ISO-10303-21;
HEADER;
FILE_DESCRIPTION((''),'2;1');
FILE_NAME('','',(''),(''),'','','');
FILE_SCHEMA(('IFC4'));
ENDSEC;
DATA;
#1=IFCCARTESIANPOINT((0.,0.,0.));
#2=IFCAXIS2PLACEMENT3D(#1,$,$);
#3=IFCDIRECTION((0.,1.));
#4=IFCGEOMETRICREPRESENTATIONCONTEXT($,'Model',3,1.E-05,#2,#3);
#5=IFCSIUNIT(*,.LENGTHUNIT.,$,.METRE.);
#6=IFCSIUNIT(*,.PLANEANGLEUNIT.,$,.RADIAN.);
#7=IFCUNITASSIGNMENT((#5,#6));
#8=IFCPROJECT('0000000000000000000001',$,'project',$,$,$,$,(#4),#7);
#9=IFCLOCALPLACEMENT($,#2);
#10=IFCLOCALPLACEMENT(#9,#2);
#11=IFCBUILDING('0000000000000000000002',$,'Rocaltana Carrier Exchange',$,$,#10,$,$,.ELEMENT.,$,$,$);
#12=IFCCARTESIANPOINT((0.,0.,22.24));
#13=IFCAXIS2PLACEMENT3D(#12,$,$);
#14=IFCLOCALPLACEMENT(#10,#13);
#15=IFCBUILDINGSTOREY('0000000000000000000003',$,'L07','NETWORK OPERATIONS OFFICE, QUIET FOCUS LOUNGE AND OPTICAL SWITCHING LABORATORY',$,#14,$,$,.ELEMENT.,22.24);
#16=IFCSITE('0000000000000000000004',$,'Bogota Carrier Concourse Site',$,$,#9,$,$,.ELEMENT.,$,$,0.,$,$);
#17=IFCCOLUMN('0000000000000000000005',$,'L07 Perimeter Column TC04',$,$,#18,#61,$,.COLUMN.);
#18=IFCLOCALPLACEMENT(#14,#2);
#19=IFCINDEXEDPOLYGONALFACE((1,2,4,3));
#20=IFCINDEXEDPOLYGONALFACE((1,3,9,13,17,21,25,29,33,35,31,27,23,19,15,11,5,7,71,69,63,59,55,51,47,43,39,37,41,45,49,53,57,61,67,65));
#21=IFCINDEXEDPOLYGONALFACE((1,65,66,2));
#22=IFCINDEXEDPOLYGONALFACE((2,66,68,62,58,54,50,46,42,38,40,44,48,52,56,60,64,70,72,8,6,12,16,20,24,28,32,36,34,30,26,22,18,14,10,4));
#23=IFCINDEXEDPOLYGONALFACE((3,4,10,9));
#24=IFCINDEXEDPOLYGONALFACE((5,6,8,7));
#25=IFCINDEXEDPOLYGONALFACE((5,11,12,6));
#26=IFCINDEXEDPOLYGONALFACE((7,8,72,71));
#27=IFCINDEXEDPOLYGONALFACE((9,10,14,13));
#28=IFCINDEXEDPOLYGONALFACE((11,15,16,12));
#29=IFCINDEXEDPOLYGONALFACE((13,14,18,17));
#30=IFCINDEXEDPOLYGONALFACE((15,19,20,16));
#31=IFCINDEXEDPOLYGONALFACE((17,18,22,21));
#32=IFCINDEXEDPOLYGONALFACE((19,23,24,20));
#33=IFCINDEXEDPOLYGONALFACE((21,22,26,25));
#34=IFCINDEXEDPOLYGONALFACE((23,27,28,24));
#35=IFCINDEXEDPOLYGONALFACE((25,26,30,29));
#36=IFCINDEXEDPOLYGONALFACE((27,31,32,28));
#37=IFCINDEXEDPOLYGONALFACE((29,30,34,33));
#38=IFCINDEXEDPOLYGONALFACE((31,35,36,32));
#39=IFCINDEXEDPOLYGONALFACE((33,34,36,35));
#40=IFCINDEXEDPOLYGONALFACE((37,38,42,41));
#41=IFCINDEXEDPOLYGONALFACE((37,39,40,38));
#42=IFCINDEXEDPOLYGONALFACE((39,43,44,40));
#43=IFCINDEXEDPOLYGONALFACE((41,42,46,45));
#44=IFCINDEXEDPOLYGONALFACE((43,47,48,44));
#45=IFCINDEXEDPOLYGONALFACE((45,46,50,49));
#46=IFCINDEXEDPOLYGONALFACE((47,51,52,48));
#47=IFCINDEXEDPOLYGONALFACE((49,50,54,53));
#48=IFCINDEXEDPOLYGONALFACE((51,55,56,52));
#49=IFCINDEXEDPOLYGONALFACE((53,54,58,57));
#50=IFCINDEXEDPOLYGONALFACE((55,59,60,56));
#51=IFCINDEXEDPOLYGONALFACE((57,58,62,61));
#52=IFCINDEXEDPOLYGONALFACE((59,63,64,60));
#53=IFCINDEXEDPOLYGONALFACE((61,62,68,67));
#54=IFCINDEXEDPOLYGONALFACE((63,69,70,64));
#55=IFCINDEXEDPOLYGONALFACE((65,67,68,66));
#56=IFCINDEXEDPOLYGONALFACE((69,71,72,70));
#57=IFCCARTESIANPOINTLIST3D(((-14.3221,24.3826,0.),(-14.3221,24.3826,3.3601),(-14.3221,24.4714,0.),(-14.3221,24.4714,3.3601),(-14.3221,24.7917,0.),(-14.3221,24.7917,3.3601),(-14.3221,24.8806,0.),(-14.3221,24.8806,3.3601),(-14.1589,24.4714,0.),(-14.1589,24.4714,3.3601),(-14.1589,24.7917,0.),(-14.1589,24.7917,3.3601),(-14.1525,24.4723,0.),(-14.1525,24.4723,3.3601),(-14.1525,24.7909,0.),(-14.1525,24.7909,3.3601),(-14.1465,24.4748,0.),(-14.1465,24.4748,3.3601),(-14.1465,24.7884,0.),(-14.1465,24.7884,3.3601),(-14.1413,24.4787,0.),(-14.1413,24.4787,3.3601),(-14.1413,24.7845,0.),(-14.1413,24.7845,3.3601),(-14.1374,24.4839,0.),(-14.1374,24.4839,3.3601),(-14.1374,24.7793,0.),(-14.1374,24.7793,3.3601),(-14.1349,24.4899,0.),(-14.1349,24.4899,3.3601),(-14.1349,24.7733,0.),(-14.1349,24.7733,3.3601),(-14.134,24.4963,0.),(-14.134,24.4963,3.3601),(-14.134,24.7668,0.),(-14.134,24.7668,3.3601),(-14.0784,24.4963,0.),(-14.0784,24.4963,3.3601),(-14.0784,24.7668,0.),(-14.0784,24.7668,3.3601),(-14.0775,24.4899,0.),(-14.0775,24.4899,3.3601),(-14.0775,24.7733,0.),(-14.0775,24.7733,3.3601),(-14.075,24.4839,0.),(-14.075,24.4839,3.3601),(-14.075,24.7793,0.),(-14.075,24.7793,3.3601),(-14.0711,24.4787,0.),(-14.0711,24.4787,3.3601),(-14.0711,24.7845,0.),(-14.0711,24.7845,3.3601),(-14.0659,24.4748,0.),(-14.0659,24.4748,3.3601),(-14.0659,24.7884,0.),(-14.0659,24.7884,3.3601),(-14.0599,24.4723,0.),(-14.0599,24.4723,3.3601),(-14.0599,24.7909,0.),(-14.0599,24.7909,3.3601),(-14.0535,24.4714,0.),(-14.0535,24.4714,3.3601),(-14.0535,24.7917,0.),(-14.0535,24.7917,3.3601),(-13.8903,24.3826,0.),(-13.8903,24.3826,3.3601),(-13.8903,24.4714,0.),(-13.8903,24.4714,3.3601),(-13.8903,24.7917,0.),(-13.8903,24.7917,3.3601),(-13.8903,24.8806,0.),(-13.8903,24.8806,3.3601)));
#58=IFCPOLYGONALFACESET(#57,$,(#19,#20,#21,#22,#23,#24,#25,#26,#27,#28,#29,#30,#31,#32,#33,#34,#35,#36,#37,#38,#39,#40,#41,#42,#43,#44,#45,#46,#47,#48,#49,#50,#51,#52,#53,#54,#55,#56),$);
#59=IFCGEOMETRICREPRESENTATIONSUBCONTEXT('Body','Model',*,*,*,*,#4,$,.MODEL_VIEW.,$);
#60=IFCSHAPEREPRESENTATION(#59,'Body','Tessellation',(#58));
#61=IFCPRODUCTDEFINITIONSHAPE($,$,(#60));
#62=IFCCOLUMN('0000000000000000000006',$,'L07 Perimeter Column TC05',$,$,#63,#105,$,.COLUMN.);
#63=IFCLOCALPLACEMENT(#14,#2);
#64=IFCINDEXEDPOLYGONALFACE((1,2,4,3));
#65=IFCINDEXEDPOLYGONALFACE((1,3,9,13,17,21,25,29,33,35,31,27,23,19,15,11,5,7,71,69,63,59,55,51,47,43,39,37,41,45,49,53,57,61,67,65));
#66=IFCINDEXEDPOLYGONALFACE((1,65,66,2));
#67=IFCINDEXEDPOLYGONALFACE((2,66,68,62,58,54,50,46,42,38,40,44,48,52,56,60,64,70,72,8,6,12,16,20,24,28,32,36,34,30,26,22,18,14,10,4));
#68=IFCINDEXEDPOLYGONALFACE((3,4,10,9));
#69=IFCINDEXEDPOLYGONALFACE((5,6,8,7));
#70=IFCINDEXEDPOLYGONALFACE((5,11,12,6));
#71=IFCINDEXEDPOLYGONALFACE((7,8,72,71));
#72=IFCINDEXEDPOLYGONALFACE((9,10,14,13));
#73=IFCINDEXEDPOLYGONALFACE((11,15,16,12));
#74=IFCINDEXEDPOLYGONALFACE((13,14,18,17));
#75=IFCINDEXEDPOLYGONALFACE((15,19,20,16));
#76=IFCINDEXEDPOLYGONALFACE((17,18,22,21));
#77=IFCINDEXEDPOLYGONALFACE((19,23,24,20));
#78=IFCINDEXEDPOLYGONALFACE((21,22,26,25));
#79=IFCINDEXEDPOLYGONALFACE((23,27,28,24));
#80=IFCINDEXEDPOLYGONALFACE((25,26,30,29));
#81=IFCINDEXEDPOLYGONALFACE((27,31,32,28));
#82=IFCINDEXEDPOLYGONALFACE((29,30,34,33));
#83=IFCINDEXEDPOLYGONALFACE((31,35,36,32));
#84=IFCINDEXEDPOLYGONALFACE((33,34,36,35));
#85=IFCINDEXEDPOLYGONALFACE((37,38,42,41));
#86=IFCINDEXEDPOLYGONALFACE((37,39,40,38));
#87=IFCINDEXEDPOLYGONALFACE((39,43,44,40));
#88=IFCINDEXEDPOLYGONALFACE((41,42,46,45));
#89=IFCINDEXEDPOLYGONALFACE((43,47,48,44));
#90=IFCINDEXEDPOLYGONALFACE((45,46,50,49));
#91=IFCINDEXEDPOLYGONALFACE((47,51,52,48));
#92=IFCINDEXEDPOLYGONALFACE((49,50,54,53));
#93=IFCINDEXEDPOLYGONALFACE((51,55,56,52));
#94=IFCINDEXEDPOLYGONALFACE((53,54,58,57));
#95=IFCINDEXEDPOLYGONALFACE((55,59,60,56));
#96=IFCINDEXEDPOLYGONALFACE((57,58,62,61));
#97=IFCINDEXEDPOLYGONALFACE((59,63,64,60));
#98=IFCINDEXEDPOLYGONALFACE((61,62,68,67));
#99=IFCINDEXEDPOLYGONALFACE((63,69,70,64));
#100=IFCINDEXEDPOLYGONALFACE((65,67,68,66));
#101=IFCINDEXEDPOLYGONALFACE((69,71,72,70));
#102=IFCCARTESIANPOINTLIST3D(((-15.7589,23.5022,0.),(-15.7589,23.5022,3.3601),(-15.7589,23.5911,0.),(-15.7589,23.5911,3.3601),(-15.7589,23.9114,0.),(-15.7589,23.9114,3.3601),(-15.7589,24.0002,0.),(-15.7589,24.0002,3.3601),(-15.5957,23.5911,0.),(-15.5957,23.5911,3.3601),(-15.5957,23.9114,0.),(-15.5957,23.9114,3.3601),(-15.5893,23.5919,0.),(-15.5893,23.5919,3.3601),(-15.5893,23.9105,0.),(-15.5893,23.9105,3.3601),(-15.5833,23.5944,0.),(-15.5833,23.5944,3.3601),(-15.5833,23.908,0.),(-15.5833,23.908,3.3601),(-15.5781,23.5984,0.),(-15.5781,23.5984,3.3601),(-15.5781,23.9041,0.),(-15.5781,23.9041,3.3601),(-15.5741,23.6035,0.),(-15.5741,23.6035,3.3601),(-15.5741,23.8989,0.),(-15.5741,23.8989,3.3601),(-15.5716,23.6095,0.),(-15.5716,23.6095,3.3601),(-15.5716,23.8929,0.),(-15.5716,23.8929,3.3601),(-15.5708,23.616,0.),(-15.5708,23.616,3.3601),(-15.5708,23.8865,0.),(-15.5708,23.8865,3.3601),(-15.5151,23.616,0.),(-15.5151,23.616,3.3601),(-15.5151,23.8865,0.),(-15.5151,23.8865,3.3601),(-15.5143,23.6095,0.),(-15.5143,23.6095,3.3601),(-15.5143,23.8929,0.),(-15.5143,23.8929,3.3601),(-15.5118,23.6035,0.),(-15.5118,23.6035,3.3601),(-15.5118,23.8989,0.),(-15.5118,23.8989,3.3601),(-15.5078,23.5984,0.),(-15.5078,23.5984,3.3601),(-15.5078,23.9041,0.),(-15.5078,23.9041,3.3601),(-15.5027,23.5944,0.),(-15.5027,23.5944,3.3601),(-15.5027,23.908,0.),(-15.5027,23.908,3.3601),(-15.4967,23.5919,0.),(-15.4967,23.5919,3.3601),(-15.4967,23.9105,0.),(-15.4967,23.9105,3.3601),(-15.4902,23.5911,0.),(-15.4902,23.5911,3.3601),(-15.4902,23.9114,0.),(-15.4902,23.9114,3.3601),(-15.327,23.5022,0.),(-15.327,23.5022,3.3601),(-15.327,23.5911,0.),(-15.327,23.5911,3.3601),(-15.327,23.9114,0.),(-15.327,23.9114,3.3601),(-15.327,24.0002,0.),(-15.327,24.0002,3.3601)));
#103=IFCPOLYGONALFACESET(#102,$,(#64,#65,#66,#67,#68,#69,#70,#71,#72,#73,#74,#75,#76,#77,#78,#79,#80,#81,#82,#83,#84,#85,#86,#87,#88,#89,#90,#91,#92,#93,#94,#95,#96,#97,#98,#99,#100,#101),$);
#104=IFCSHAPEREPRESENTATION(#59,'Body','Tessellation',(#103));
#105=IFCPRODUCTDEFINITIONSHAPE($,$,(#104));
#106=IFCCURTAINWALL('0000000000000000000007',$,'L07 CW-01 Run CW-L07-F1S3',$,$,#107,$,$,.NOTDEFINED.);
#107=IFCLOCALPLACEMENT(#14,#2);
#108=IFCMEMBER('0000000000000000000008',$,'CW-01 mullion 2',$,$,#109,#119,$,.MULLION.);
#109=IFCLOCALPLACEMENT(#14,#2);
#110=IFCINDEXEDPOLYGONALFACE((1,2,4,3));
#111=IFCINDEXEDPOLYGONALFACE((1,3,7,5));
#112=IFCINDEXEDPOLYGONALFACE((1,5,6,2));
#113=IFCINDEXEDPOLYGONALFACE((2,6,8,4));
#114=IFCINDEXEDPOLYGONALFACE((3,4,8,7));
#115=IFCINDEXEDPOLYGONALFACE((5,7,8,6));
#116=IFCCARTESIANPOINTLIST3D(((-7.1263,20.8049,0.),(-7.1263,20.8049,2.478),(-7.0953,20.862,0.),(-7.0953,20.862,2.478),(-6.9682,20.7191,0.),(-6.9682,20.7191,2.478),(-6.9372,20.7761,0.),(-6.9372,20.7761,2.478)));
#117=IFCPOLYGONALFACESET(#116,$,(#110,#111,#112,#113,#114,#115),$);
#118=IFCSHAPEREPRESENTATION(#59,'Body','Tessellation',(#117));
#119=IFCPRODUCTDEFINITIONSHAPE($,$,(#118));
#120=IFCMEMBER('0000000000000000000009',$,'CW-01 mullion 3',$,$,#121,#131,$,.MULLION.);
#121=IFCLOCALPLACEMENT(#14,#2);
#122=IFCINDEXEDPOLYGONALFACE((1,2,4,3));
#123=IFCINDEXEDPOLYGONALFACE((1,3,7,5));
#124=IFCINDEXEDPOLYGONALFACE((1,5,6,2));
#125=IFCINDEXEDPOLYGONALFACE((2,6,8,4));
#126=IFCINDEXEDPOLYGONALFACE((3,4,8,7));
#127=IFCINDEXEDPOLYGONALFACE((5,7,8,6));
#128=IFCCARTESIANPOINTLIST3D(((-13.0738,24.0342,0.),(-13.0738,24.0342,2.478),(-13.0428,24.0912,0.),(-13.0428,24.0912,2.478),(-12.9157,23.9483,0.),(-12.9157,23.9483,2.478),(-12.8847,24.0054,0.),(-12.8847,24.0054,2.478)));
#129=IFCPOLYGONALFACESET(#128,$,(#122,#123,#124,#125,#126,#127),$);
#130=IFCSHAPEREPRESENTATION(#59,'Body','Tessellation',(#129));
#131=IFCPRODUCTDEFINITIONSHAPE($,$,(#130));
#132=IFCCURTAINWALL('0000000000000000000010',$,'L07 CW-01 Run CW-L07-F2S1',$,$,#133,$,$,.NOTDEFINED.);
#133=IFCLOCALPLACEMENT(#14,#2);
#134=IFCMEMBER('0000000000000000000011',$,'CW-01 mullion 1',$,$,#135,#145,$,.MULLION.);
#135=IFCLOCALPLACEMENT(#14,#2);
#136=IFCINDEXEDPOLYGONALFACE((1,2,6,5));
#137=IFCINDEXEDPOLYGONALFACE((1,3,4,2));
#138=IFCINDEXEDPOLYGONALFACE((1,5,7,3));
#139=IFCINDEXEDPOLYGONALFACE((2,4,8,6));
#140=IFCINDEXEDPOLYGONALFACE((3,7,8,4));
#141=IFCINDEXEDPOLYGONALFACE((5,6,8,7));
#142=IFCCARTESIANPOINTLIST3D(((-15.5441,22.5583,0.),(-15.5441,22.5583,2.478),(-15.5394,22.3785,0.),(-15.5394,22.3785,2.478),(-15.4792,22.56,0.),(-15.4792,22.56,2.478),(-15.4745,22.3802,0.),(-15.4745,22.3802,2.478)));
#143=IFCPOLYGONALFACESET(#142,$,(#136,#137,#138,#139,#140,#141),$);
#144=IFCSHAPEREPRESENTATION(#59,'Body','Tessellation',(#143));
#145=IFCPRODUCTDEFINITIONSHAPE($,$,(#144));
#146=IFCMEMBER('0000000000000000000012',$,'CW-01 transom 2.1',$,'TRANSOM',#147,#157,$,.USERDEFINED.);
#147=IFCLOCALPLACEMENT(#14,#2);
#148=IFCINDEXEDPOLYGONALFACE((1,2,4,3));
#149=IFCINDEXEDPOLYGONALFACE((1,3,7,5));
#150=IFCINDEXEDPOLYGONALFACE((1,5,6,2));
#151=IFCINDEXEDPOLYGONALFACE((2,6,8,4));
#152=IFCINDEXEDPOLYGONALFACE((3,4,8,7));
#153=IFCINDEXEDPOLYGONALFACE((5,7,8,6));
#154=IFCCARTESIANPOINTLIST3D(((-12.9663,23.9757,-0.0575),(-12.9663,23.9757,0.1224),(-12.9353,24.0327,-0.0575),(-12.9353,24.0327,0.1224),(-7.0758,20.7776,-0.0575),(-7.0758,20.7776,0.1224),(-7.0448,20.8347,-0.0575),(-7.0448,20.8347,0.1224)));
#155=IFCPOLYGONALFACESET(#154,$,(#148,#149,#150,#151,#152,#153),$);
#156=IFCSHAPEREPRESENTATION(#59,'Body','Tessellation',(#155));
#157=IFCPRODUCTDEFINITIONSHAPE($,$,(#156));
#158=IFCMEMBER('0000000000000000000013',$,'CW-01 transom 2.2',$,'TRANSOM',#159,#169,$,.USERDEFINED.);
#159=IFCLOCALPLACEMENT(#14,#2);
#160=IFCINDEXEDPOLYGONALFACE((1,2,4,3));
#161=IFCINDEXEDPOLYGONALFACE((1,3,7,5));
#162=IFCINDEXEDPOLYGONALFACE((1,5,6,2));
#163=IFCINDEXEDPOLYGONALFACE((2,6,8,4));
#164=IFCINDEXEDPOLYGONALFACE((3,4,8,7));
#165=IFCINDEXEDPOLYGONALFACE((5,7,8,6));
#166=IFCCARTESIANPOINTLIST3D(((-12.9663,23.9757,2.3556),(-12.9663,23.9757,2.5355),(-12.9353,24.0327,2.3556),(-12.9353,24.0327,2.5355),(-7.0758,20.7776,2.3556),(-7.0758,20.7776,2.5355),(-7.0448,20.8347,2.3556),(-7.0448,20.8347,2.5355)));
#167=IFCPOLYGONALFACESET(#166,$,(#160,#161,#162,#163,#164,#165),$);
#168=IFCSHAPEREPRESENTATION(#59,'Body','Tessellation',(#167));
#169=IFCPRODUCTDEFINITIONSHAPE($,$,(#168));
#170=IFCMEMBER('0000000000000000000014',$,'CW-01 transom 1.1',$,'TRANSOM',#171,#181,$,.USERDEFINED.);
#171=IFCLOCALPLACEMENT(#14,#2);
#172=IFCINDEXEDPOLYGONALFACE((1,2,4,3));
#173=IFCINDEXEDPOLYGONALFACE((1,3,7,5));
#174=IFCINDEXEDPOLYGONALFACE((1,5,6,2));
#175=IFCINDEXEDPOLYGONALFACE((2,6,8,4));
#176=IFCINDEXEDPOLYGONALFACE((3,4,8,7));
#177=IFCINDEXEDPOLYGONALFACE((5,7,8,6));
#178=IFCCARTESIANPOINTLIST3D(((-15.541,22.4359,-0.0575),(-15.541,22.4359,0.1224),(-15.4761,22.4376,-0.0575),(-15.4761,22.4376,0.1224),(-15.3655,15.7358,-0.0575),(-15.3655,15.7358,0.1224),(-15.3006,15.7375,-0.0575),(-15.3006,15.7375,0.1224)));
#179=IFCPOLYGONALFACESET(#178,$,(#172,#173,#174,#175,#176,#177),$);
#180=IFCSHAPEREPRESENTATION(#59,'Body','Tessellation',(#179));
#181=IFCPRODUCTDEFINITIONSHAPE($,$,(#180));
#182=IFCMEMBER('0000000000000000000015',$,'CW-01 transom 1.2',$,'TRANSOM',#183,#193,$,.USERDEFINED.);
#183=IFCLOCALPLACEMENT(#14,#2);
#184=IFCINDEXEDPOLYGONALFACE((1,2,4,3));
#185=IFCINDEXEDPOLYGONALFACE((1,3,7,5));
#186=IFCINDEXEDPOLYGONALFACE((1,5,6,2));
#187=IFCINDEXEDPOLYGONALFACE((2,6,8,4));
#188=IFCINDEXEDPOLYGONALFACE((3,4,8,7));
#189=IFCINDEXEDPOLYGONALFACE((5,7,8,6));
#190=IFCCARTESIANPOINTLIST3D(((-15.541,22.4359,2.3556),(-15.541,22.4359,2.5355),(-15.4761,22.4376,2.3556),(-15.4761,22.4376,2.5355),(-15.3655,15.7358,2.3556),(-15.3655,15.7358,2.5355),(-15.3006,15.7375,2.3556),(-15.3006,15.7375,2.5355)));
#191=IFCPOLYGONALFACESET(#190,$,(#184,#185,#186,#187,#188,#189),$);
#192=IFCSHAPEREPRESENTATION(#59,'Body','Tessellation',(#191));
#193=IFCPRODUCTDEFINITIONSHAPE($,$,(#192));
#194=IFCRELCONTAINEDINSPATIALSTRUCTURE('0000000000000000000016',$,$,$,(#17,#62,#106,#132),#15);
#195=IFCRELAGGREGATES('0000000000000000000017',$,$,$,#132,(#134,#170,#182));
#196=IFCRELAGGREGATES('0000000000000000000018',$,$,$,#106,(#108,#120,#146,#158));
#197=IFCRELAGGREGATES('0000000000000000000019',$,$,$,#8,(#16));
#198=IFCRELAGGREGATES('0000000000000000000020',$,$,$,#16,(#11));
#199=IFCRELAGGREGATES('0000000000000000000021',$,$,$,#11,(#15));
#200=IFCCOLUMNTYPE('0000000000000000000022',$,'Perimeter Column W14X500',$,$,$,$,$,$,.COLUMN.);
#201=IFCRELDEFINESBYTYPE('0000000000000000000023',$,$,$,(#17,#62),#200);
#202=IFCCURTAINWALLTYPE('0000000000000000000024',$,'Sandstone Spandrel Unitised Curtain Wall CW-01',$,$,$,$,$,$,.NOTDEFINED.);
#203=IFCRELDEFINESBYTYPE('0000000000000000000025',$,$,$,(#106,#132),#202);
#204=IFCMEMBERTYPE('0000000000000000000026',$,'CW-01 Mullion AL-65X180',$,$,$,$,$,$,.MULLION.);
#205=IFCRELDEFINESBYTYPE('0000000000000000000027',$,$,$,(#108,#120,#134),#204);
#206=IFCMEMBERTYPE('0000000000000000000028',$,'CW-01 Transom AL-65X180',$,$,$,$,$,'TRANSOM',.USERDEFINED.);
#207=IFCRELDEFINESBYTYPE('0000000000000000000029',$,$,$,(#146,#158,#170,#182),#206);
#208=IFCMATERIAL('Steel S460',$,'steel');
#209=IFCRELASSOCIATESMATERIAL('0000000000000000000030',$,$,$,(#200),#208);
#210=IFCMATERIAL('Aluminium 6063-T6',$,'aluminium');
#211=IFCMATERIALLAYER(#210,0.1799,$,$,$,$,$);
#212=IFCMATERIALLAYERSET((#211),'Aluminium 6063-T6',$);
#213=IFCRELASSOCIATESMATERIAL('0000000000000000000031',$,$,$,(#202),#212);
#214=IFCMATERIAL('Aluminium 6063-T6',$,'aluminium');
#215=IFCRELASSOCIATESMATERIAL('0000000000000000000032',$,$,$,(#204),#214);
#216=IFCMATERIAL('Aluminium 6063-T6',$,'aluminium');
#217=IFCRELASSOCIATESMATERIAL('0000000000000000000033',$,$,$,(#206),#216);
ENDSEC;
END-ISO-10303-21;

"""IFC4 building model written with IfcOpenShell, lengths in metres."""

from ifc_helpers import new_model, si_unit, direction, frame, origin, origin_2d, place, context, subcontext, project, spatial, rectangle, i_section, extrude, material, layer, layer_set, material_profile, profile_set, type_object, element, aggregate, save


model = new_model("IFC4")

# Units and contexts
model_context = context("Model", 3, precision=1e-05, world=origin(), true_north=direction((0.0, 1.0)))
body_context = subcontext(model_context, "Body", "Model", "MODEL_VIEW")
ifc_project = project(units=[si_unit("LENGTHUNIT", "METRE"), si_unit("PLANEANGLEUNIT", "RADIAN")], contexts=[model_context])

# Site, building, storey
site_placement = place(None, origin())
site = spatial("IfcSite", under=ifc_project, at=site_placement, Name="Bogota Carrier Concourse Site", CompositionType="ELEMENT", RefElevation=0.0)
building_placement = place(site_placement, origin())
building = spatial("IfcBuilding", under=site, at=building_placement, Name="Rocaltana Carrier Exchange", CompositionType="ELEMENT")
storey_placement = place(building_placement, frame((0.0, 0.0, 22.24)))
storey = spatial("IfcBuildingStorey", under=building, at=storey_placement, Name="L07", Description="NETWORK OPERATIONS OFFICE, QUIET FOCUS LOUNGE AND OPTICAL SWITCHING LABORATORY", CompositionType="ELEMENT", Elevation=22.24)

# Columns
ifc_material_1 = material(Name="Steel S460", Category="steel")
ifc_material_profile_1 = material_profile(ifc_material_1, i_section(OverallWidth=0.4319, OverallDepth=0.498, WebThickness=0.0557, FlangeThickness=0.0889, FilletRadius=0.0249, at=origin_2d()), Name="W14X500")
ifc_profile_set_1 = profile_set([ifc_material_profile_1], Name="Steel S460")
column_type = type_object("IfcColumnType", Name="Perimeter Column W14X500", PredefinedType="COLUMN", material=ifc_profile_set_1)
for number, where, z_axis, x_axis, name in (
    (1, (-14.1062, 24.6316, 0.0), (0.0, 0.0, 1.0), (1.0, 0.0, 0.0), "L07 Perimeter Column TC04"),
    (2, (-15.543, 23.7512, 0.0), (0.0, 0.0, 1.0), (1.0, 0.0, 0.0), "L07 Perimeter Column TC05"),
):
    element("IfcColumn", number, at=place(storey_placement, frame(where, z_axis=z_axis, x_axis=x_axis)), inside=storey, type_object=column_type, Name=name, PredefinedType="COLUMN", context=body_context, shape_type="SweptSolid", body=[
        extrude(i_section(OverallWidth=0.4319, OverallDepth=0.498, WebThickness=0.0557, FlangeThickness=0.0889, FilletRadius=0.0249, at=origin_2d()), origin(), (0.0, 0.0, 1.0), 3.3601),
    ])

# Curtain wall, members
ifc_material_2 = material(Name="Aluminium 6063-T6", Category="aluminium")
ifc_layer_1 = layer(ifc_material_2, 0.1799)
ifc_layer_set_1 = layer_set([ifc_layer_1], Name="Aluminium 6063-T6")
curtain_wall_type = type_object("IfcCurtainWallType", Name="Sandstone Spandrel Unitised Curtain Wall CW-01", PredefinedType="NOTDEFINED", material=ifc_layer_set_1)
curtain_wall_1_placement = place(storey_placement, origin())
curtain_wall_1 = element("IfcCurtainWall", 3, at=curtain_wall_1_placement, inside=storey, type_object=curtain_wall_type, Name="L07 CW-01 Run CW-L07-F1S3", PredefinedType="NOTDEFINED")
ifc_material_3 = material(Name="Aluminium 6063-T6", Category="aluminium")
ifc_material_profile_2 = material_profile(ifc_material_3, rectangle(XDim=0.0649, YDim=0.1799, at=origin_2d()), Name="AL-65X180")
ifc_profile_set_2 = profile_set([ifc_material_profile_2], Name="Aluminium 6063-T6")
member_type_1 = type_object("IfcMemberType", Name="CW-01 Mullion AL-65X180", PredefinedType="MULLION", material=ifc_profile_set_2)
member_1_placement = place(storey_placement, frame((-7.0317, 20.7905, 0.0), z_axis=(0.0, 0.0, 1.0), x_axis=(-0.477156, -0.878819, 0.0)))
member_1 = element("IfcMember", 4, at=member_1_placement, type_object=member_type_1, Name="CW-01 mullion 2", PredefinedType="MULLION", context=body_context, shape_type="SweptSolid", body=[
    extrude(rectangle(XDim=0.0649, YDim=0.1799, at=origin_2d()), origin(), (0.0, 0.0, 1.0), 2.478),
])
member_2_placement = place(storey_placement, frame((-12.9792, 24.0198, 0.0), z_axis=(0.0, 0.0, 1.0), x_axis=(-0.477156, -0.878819, 0.0)))
member_2 = element("IfcMember", 5, at=member_2_placement, type_object=member_type_1, Name="CW-01 mullion 3", PredefinedType="MULLION", context=body_context, shape_type="SweptSolid", body=[
    extrude(rectangle(XDim=0.0649, YDim=0.1799, at=origin_2d()), origin(), (0.0, 0.0, 1.0), 2.478),
])

# Curtain wall, member
curtain_wall_2_placement = place(storey_placement, origin())
curtain_wall_2 = element("IfcCurtainWall", 6, at=curtain_wall_2_placement, inside=storey, type_object=curtain_wall_type, Name="L07 CW-01 Run CW-L07-F2S1", PredefinedType="NOTDEFINED")
member_3_placement = place(storey_placement, frame((-15.5093, 22.4692, 0.0), z_axis=(0.0, 0.0, 1.0), x_axis=(0.999657, 0.026184, 0.0)))
member_3 = element("IfcMember", 7, at=member_3_placement, type_object=member_type_1, Name="CW-01 mullion 1", PredefinedType="MULLION", context=body_context, shape_type="SweptSolid", body=[
    extrude(rectangle(XDim=0.0649, YDim=0.1799, at=origin_2d()), origin(), (0.0, 0.0, 1.0), 2.478),
])

# Members
ifc_material_4 = material(Name="Aluminium 6063-T6", Category="aluminium")
ifc_material_profile_3 = material_profile(ifc_material_4, rectangle(XDim=0.0649, YDim=0.1799, at=origin_2d()), Name="AL-65X180")
ifc_profile_set_3 = profile_set([ifc_material_profile_3], Name="Aluminium 6063-T6")
member_type_2 = type_object("IfcMemberType", Name="CW-01 Transom AL-65X180", ElementType="TRANSOM", PredefinedType="USERDEFINED", material=ifc_profile_set_3)
member_4_placement = place(storey_placement, frame((-7.0603, 20.8062, 0.0325), z_axis=(-0.878831, 0.477134, 0.0), x_axis=(-0.477134, -0.878831, 0.0)))
member_4 = element("IfcMember", 8, at=member_4_placement, type_object=member_type_2, Name="CW-01 transom 2.1", ObjectType="TRANSOM", PredefinedType="USERDEFINED", context=body_context, shape_type="SweptSolid", body=[
    extrude(rectangle(XDim=0.0649, YDim=0.1799, at=origin_2d()), origin(), (0.0, 0.0, 1.0), 6.7026),
])
member_5_placement = place(storey_placement, frame((-7.0603, 20.8062, 2.4456), z_axis=(-0.878831, 0.477134, 0.0), x_axis=(-0.477134, -0.878831, 0.0)))
member_5 = element("IfcMember", 9, at=member_5_placement, type_object=member_type_2, Name="CW-01 transom 2.2", ObjectType="TRANSOM", PredefinedType="USERDEFINED", context=body_context, shape_type="SweptSolid", body=[
    extrude(rectangle(XDim=0.0649, YDim=0.1799, at=origin_2d()), origin(), (0.0, 0.0, 1.0), 6.7026),
])
member_6_placement = place(storey_placement, frame((-15.5085, 22.4368, 0.0325), z_axis=(0.02619, -0.999657, 0.0), x_axis=(0.999657, 0.02619, 0.0)))
member_6 = element("IfcMember", 10, at=member_6_placement, type_object=member_type_2, Name="CW-01 transom 1.1", ObjectType="TRANSOM", PredefinedType="USERDEFINED", context=body_context, shape_type="SweptSolid", body=[
    extrude(rectangle(XDim=0.0649, YDim=0.1799, at=origin_2d()), origin(), (0.0, 0.0, 1.0), 6.7024),
])
member_7_placement = place(storey_placement, frame((-15.5085, 22.4368, 2.4456), z_axis=(0.02619, -0.999657, 0.0), x_axis=(0.999657, 0.02619, 0.0)))
member_7 = element("IfcMember", 11, at=member_7_placement, type_object=member_type_2, Name="CW-01 transom 1.2", ObjectType="TRANSOM", PredefinedType="USERDEFINED", context=body_context, shape_type="SweptSolid", body=[
    extrude(rectangle(XDim=0.0649, YDim=0.1799, at=origin_2d()), origin(), (0.0, 0.0, 1.0), 6.7024),
])
aggregate(curtain_wall_2, [member_3, member_6, member_7])

aggregate(curtain_wall_1, [member_1, member_2, member_4, member_5])

save(model, "model.ifc")
